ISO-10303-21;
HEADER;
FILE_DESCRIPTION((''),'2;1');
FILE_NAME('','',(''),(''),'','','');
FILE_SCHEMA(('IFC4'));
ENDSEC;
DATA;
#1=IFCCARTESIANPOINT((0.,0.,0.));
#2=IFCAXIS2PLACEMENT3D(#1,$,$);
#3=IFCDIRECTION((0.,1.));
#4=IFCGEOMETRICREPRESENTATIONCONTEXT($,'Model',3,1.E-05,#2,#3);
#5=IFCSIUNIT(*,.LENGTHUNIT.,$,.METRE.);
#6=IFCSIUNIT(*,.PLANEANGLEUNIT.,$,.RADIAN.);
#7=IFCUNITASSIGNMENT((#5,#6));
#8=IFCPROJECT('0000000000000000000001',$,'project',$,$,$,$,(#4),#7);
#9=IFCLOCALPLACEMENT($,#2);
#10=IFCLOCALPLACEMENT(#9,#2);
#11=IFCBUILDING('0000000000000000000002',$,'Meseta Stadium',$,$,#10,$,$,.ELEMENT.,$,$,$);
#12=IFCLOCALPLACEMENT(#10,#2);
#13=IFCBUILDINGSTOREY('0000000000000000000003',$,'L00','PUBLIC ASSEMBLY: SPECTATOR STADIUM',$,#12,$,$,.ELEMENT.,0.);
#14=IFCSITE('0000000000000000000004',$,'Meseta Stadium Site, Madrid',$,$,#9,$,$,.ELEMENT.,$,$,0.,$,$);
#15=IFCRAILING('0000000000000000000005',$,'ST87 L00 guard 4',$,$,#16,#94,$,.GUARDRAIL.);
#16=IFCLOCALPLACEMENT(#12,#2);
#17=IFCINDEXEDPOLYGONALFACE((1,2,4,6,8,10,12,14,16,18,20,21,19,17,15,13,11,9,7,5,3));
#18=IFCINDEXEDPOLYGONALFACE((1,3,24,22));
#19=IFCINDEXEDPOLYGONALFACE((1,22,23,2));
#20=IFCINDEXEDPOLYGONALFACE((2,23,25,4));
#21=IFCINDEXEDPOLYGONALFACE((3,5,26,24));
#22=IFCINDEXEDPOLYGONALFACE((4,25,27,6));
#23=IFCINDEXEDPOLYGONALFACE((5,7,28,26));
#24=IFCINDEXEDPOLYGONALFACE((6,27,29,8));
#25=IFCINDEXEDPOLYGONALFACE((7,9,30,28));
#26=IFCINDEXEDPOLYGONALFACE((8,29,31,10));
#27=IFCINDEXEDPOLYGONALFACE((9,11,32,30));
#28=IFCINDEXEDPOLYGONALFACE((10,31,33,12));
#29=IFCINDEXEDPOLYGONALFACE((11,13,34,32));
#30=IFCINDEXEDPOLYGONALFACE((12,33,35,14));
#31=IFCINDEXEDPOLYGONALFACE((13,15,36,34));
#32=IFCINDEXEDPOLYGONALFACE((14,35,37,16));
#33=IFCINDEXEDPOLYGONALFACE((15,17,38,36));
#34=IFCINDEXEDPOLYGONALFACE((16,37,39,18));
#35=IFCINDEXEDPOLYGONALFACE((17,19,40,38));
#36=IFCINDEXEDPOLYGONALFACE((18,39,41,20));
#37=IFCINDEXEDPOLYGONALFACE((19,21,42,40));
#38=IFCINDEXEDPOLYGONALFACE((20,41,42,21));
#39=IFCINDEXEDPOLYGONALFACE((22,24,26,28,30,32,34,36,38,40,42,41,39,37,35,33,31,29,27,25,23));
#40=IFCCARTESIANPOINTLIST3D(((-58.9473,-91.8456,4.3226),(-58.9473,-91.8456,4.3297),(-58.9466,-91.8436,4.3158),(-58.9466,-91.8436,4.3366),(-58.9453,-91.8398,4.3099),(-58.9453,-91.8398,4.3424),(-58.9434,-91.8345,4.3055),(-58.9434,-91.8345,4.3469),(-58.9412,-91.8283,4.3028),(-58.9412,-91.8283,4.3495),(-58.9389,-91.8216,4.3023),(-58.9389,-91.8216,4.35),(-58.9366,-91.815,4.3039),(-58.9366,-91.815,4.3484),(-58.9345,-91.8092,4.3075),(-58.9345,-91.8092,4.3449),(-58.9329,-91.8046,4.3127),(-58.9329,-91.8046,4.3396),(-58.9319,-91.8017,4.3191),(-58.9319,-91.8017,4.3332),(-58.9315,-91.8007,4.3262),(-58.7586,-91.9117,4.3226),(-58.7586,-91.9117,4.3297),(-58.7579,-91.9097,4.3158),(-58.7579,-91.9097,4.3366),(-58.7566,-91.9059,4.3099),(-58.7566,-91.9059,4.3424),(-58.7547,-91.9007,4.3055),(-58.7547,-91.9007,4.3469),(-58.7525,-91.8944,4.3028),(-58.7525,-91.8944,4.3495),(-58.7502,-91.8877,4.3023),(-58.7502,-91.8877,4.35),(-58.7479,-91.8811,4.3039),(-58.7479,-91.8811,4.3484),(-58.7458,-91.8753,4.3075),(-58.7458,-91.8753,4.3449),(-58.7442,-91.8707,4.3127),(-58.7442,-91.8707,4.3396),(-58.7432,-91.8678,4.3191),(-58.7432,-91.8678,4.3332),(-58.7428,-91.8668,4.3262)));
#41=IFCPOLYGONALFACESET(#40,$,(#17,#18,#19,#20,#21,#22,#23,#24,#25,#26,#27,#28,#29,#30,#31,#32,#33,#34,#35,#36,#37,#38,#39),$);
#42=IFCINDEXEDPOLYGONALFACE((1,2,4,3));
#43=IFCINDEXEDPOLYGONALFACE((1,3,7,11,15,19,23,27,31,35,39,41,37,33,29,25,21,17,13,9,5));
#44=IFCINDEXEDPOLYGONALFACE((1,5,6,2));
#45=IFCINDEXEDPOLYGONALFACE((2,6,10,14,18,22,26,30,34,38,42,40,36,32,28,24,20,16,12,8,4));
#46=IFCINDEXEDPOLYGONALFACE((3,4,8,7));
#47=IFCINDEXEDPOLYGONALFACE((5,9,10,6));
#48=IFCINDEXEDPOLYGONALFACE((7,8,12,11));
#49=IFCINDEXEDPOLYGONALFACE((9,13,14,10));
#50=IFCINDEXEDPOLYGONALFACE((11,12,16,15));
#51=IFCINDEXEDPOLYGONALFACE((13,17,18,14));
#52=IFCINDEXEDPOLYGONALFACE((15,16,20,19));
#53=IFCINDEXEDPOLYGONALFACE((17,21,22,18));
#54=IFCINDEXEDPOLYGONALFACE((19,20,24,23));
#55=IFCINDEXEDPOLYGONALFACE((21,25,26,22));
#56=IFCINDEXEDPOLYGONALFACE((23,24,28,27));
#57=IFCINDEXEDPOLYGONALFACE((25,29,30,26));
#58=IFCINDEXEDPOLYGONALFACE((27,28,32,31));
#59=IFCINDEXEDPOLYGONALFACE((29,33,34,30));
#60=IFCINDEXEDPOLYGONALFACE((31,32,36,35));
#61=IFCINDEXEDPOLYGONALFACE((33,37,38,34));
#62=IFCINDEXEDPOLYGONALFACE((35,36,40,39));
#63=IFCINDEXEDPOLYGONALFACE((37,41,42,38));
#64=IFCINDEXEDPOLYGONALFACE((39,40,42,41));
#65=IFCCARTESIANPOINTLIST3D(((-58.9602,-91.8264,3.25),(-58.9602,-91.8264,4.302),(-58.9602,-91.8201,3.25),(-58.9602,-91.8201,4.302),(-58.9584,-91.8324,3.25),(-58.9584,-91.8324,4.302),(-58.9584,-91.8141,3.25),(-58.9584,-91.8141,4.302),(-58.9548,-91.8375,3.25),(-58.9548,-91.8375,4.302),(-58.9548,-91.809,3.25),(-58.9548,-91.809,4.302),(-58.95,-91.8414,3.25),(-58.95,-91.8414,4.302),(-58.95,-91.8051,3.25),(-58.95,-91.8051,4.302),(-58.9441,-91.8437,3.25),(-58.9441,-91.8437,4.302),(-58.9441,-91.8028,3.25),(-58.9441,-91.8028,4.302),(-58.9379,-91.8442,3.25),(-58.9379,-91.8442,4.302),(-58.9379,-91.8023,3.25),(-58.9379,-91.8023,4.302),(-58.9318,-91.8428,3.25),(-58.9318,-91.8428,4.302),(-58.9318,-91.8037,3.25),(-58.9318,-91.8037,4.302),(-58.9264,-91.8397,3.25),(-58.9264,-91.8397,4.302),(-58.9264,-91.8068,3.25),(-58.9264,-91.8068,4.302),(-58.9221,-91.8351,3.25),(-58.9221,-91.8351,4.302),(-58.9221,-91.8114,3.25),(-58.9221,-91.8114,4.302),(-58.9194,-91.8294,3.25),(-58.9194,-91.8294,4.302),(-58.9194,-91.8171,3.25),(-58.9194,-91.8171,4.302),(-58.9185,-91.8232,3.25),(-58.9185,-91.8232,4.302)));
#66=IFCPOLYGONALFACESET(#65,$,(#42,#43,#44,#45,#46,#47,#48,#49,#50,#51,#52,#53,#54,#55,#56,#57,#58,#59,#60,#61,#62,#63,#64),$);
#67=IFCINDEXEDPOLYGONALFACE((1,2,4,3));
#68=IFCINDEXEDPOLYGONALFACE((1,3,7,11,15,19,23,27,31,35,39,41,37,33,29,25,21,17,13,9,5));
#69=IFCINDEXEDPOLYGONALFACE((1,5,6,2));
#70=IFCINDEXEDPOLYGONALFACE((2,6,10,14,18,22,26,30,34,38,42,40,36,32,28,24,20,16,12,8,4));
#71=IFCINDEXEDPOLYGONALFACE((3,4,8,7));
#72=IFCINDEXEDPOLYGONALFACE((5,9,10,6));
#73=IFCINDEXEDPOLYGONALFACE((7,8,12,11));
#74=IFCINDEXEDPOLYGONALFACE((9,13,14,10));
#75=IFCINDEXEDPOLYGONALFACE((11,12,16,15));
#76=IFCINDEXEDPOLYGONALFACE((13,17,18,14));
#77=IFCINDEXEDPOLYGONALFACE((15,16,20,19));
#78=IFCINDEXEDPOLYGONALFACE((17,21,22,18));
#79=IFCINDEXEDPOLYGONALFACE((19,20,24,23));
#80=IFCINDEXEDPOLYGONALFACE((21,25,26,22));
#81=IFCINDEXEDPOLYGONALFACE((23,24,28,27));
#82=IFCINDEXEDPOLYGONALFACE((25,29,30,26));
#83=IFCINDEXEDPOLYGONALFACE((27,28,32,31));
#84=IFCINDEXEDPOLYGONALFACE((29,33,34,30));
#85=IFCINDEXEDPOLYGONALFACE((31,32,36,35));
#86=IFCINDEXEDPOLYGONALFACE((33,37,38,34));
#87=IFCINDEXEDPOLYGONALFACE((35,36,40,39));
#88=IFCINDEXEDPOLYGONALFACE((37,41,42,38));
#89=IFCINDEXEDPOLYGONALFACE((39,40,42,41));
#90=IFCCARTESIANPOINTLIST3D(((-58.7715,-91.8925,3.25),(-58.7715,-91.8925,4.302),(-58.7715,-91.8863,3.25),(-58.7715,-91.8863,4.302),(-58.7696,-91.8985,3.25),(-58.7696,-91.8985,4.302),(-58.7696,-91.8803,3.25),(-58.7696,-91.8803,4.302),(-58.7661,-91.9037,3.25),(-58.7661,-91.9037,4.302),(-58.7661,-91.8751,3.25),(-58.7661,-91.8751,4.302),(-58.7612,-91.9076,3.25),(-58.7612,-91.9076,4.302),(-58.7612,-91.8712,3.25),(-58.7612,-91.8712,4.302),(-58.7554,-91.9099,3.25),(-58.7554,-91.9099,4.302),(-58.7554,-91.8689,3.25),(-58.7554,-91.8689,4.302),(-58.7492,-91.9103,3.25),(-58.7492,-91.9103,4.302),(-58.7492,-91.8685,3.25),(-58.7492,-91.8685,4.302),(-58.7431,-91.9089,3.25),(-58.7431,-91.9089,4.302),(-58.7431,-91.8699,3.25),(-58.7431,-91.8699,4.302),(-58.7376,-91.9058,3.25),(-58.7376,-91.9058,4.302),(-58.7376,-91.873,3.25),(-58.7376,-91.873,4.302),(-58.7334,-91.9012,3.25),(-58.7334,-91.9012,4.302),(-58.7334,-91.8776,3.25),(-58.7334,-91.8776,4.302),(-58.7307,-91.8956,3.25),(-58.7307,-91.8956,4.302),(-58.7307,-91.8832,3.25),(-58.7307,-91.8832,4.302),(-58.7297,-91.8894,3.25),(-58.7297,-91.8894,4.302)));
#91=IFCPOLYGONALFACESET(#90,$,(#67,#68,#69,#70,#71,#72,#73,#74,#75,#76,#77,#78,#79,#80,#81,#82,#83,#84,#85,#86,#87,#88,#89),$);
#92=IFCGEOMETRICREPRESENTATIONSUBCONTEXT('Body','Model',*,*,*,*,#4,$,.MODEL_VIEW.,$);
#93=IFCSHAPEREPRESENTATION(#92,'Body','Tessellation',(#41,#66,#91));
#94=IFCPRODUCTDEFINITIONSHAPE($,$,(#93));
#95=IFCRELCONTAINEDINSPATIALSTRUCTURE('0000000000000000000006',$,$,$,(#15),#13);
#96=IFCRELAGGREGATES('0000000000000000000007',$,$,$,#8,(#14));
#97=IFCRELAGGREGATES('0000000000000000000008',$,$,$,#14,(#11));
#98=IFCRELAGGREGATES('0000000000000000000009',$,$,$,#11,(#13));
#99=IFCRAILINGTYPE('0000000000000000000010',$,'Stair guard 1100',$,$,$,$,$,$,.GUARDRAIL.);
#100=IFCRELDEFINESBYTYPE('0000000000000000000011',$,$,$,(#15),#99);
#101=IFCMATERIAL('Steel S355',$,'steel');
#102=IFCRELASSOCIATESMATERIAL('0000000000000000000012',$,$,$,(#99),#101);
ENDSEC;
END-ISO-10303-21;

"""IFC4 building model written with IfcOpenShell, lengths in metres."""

from ifc_helpers import new_model, si_unit, direction, frame, origin, origin_2d, place, context, subcontext, project, spatial, circle, extrude, material, type_object, element, save


model = new_model("IFC4")

# Units and contexts
model_context = context("Model", 3, precision=1e-05, world=origin(), true_north=direction((0.0, 1.0)))
body_context = subcontext(model_context, "Body", "Model", "MODEL_VIEW")
ifc_project = project(units=[si_unit("LENGTHUNIT", "METRE"), si_unit("PLANEANGLEUNIT", "RADIAN")], contexts=[model_context])

# Site, building, storey
site_placement = place(None, origin())
site = spatial("IfcSite", under=ifc_project, at=site_placement, Name="Meseta Stadium Site, Madrid", CompositionType="ELEMENT", RefElevation=0.0)
building_placement = place(site_placement, origin())
building = spatial("IfcBuilding", under=site, at=building_placement, Name="Meseta Stadium", CompositionType="ELEMENT")
storey_placement = place(building_placement, origin())
storey = spatial("IfcBuildingStorey", under=building, at=storey_placement, Name="L00", Description="PUBLIC ASSEMBLY: SPECTATOR STADIUM", CompositionType="ELEMENT", Elevation=0.0)

# Railing
ifc_material_1 = material(Name="Steel S355", Category="steel")
railing_type_1 = type_object("IfcRailingType", Name="Stair guard 1100", PredefinedType="GUARDRAIL", material=ifc_material_1)
railing_1_placement = place(storey_placement, frame((-58.9395, -91.8232, 3.25)))
element("IfcRailing", 1, at=railing_1_placement, inside=storey, type_object=railing_type_1, Name="ST87 L00 guard 4", PredefinedType="GUARDRAIL", context=body_context, shape_type="SweptSolid", body=[
    extrude(circle(Radius=0.0239, at=origin_2d()), frame((0.0, 0.0, 1.0762), z_axis=(0.943687, -0.33084, 0.0), x_axis=(0.33084, 0.943687, 0.0)), (0.0, 0.0, 1.0), 0.2),
    extrude(circle(Radius=0.021, at=origin_2d()), origin(), (0.0, 0.0, 1.0), 1.052),
    extrude(circle(Radius=0.021, at=origin_2d()), frame((0.1887, -0.0662, 0.0)), (0.0, 0.0, 1.0), 1.052),
])

save(model, "model.ifc")
